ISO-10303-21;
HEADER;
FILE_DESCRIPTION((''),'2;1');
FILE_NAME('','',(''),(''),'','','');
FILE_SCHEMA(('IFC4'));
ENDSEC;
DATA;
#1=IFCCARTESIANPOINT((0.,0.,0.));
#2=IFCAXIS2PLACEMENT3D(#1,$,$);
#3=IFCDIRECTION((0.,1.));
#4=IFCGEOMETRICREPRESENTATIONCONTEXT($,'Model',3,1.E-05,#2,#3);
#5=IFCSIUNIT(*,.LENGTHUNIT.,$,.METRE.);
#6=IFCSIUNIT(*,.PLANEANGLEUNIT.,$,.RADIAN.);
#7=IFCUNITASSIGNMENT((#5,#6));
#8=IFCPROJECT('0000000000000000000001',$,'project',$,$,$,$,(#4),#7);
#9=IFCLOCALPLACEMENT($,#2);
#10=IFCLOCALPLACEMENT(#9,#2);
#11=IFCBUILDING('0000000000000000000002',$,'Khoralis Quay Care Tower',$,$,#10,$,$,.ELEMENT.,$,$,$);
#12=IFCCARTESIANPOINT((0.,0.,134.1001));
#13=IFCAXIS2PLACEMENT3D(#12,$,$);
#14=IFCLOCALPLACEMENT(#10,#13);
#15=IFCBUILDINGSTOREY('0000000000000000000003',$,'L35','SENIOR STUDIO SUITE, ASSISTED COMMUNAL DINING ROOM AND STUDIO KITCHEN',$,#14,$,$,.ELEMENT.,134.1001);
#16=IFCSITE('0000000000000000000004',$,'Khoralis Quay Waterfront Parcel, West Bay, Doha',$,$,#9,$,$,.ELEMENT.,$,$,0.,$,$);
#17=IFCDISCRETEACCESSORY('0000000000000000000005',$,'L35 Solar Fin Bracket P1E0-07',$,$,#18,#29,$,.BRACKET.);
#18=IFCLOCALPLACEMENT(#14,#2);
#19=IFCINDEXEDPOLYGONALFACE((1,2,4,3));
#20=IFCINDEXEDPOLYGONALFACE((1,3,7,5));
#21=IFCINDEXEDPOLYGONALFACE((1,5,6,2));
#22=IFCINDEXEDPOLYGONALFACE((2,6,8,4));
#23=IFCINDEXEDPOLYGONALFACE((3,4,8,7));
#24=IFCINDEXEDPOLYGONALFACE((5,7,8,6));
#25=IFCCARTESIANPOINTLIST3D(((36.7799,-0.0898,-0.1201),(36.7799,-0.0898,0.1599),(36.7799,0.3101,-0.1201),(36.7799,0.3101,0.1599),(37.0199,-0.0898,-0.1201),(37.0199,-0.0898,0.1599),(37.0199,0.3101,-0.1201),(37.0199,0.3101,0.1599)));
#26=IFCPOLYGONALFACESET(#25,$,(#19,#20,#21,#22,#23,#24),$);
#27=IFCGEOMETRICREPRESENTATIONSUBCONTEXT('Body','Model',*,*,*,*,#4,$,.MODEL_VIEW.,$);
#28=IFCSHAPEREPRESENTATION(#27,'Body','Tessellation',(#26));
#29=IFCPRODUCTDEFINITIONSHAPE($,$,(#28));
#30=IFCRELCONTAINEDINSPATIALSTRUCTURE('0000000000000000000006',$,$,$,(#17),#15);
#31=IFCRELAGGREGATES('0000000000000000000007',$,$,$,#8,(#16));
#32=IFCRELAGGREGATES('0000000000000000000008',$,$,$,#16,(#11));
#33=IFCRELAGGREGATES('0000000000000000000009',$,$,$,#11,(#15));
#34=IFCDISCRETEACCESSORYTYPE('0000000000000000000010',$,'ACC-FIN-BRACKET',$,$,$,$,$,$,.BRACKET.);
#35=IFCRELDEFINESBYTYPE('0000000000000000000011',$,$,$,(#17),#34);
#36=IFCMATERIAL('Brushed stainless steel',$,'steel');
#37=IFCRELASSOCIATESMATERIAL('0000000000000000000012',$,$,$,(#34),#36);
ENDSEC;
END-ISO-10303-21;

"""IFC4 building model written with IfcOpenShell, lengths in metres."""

from ifc_helpers import new_model, si_unit, direction, frame, origin, origin_2d, place, context, subcontext, project, spatial, rectangle, extrude, source, transform, mapped, material, type_object, element, save


model = new_model("IFC4")

# Units and contexts
model_context = context("Model", 3, precision=1e-05, world=origin(), true_north=direction((0.0, 1.0)))
body_context = subcontext(model_context, "Body", "Model", "MODEL_VIEW")
ifc_project = project(units=[si_unit("LENGTHUNIT", "METRE"), si_unit("PLANEANGLEUNIT", "RADIAN")], contexts=[model_context])

# Site, building, storey
site_placement = place(None, origin())
site = spatial("IfcSite", under=ifc_project, at=site_placement, Name="Khoralis Quay Waterfront Parcel, West Bay, Doha", CompositionType="ELEMENT", RefElevation=0.0)
building_placement = place(site_placement, origin())
building = spatial("IfcBuilding", under=site, at=building_placement, Name="Khoralis Quay Care Tower", CompositionType="ELEMENT")
storey_placement = place(building_placement, frame((0.0, 0.0, 134.1001)))
storey = spatial("IfcBuildingStorey", under=building, at=storey_placement, Name="L35", Description="SENIOR STUDIO SUITE, ASSISTED COMMUNAL DINING ROOM AND STUDIO KITCHEN", CompositionType="ELEMENT", Elevation=134.1001)

# Discrete accessory
ifc_material_1 = material(Name="Brushed stainless steel", Category="steel")
discrete_accessory_type = type_object("IfcDiscreteAccessoryType", Name="ACC-FIN-BRACKET", PredefinedType="BRACKET", material=ifc_material_1)
shared_shape_1 = source(origin(), body_context, "Body", "SweptSolid", [
    extrude(rectangle(XDim=0.3999, YDim=0.24, at=origin_2d()), origin(), (0.0, 0.0, 1.0), 0.28),
])
discrete_accessory_placement = place(storey_placement, frame((36.8999, 0.1101, -0.1201), z_axis=(0.0, 0.0, 1.0), x_axis=(0.0, -1.0, 0.0)))
element("IfcDiscreteAccessory", 1, at=discrete_accessory_placement, inside=storey, type_object=discrete_accessory_type, Name="L35 Solar Fin Bracket P1E0-07", PredefinedType="BRACKET", context=body_context, shape_type="MappedRepresentation", body=[
    mapped(shared_shape_1, transform((0.0, 0.0, 0.0), scale=1.0)),
])

save(model, "model.ifc")
